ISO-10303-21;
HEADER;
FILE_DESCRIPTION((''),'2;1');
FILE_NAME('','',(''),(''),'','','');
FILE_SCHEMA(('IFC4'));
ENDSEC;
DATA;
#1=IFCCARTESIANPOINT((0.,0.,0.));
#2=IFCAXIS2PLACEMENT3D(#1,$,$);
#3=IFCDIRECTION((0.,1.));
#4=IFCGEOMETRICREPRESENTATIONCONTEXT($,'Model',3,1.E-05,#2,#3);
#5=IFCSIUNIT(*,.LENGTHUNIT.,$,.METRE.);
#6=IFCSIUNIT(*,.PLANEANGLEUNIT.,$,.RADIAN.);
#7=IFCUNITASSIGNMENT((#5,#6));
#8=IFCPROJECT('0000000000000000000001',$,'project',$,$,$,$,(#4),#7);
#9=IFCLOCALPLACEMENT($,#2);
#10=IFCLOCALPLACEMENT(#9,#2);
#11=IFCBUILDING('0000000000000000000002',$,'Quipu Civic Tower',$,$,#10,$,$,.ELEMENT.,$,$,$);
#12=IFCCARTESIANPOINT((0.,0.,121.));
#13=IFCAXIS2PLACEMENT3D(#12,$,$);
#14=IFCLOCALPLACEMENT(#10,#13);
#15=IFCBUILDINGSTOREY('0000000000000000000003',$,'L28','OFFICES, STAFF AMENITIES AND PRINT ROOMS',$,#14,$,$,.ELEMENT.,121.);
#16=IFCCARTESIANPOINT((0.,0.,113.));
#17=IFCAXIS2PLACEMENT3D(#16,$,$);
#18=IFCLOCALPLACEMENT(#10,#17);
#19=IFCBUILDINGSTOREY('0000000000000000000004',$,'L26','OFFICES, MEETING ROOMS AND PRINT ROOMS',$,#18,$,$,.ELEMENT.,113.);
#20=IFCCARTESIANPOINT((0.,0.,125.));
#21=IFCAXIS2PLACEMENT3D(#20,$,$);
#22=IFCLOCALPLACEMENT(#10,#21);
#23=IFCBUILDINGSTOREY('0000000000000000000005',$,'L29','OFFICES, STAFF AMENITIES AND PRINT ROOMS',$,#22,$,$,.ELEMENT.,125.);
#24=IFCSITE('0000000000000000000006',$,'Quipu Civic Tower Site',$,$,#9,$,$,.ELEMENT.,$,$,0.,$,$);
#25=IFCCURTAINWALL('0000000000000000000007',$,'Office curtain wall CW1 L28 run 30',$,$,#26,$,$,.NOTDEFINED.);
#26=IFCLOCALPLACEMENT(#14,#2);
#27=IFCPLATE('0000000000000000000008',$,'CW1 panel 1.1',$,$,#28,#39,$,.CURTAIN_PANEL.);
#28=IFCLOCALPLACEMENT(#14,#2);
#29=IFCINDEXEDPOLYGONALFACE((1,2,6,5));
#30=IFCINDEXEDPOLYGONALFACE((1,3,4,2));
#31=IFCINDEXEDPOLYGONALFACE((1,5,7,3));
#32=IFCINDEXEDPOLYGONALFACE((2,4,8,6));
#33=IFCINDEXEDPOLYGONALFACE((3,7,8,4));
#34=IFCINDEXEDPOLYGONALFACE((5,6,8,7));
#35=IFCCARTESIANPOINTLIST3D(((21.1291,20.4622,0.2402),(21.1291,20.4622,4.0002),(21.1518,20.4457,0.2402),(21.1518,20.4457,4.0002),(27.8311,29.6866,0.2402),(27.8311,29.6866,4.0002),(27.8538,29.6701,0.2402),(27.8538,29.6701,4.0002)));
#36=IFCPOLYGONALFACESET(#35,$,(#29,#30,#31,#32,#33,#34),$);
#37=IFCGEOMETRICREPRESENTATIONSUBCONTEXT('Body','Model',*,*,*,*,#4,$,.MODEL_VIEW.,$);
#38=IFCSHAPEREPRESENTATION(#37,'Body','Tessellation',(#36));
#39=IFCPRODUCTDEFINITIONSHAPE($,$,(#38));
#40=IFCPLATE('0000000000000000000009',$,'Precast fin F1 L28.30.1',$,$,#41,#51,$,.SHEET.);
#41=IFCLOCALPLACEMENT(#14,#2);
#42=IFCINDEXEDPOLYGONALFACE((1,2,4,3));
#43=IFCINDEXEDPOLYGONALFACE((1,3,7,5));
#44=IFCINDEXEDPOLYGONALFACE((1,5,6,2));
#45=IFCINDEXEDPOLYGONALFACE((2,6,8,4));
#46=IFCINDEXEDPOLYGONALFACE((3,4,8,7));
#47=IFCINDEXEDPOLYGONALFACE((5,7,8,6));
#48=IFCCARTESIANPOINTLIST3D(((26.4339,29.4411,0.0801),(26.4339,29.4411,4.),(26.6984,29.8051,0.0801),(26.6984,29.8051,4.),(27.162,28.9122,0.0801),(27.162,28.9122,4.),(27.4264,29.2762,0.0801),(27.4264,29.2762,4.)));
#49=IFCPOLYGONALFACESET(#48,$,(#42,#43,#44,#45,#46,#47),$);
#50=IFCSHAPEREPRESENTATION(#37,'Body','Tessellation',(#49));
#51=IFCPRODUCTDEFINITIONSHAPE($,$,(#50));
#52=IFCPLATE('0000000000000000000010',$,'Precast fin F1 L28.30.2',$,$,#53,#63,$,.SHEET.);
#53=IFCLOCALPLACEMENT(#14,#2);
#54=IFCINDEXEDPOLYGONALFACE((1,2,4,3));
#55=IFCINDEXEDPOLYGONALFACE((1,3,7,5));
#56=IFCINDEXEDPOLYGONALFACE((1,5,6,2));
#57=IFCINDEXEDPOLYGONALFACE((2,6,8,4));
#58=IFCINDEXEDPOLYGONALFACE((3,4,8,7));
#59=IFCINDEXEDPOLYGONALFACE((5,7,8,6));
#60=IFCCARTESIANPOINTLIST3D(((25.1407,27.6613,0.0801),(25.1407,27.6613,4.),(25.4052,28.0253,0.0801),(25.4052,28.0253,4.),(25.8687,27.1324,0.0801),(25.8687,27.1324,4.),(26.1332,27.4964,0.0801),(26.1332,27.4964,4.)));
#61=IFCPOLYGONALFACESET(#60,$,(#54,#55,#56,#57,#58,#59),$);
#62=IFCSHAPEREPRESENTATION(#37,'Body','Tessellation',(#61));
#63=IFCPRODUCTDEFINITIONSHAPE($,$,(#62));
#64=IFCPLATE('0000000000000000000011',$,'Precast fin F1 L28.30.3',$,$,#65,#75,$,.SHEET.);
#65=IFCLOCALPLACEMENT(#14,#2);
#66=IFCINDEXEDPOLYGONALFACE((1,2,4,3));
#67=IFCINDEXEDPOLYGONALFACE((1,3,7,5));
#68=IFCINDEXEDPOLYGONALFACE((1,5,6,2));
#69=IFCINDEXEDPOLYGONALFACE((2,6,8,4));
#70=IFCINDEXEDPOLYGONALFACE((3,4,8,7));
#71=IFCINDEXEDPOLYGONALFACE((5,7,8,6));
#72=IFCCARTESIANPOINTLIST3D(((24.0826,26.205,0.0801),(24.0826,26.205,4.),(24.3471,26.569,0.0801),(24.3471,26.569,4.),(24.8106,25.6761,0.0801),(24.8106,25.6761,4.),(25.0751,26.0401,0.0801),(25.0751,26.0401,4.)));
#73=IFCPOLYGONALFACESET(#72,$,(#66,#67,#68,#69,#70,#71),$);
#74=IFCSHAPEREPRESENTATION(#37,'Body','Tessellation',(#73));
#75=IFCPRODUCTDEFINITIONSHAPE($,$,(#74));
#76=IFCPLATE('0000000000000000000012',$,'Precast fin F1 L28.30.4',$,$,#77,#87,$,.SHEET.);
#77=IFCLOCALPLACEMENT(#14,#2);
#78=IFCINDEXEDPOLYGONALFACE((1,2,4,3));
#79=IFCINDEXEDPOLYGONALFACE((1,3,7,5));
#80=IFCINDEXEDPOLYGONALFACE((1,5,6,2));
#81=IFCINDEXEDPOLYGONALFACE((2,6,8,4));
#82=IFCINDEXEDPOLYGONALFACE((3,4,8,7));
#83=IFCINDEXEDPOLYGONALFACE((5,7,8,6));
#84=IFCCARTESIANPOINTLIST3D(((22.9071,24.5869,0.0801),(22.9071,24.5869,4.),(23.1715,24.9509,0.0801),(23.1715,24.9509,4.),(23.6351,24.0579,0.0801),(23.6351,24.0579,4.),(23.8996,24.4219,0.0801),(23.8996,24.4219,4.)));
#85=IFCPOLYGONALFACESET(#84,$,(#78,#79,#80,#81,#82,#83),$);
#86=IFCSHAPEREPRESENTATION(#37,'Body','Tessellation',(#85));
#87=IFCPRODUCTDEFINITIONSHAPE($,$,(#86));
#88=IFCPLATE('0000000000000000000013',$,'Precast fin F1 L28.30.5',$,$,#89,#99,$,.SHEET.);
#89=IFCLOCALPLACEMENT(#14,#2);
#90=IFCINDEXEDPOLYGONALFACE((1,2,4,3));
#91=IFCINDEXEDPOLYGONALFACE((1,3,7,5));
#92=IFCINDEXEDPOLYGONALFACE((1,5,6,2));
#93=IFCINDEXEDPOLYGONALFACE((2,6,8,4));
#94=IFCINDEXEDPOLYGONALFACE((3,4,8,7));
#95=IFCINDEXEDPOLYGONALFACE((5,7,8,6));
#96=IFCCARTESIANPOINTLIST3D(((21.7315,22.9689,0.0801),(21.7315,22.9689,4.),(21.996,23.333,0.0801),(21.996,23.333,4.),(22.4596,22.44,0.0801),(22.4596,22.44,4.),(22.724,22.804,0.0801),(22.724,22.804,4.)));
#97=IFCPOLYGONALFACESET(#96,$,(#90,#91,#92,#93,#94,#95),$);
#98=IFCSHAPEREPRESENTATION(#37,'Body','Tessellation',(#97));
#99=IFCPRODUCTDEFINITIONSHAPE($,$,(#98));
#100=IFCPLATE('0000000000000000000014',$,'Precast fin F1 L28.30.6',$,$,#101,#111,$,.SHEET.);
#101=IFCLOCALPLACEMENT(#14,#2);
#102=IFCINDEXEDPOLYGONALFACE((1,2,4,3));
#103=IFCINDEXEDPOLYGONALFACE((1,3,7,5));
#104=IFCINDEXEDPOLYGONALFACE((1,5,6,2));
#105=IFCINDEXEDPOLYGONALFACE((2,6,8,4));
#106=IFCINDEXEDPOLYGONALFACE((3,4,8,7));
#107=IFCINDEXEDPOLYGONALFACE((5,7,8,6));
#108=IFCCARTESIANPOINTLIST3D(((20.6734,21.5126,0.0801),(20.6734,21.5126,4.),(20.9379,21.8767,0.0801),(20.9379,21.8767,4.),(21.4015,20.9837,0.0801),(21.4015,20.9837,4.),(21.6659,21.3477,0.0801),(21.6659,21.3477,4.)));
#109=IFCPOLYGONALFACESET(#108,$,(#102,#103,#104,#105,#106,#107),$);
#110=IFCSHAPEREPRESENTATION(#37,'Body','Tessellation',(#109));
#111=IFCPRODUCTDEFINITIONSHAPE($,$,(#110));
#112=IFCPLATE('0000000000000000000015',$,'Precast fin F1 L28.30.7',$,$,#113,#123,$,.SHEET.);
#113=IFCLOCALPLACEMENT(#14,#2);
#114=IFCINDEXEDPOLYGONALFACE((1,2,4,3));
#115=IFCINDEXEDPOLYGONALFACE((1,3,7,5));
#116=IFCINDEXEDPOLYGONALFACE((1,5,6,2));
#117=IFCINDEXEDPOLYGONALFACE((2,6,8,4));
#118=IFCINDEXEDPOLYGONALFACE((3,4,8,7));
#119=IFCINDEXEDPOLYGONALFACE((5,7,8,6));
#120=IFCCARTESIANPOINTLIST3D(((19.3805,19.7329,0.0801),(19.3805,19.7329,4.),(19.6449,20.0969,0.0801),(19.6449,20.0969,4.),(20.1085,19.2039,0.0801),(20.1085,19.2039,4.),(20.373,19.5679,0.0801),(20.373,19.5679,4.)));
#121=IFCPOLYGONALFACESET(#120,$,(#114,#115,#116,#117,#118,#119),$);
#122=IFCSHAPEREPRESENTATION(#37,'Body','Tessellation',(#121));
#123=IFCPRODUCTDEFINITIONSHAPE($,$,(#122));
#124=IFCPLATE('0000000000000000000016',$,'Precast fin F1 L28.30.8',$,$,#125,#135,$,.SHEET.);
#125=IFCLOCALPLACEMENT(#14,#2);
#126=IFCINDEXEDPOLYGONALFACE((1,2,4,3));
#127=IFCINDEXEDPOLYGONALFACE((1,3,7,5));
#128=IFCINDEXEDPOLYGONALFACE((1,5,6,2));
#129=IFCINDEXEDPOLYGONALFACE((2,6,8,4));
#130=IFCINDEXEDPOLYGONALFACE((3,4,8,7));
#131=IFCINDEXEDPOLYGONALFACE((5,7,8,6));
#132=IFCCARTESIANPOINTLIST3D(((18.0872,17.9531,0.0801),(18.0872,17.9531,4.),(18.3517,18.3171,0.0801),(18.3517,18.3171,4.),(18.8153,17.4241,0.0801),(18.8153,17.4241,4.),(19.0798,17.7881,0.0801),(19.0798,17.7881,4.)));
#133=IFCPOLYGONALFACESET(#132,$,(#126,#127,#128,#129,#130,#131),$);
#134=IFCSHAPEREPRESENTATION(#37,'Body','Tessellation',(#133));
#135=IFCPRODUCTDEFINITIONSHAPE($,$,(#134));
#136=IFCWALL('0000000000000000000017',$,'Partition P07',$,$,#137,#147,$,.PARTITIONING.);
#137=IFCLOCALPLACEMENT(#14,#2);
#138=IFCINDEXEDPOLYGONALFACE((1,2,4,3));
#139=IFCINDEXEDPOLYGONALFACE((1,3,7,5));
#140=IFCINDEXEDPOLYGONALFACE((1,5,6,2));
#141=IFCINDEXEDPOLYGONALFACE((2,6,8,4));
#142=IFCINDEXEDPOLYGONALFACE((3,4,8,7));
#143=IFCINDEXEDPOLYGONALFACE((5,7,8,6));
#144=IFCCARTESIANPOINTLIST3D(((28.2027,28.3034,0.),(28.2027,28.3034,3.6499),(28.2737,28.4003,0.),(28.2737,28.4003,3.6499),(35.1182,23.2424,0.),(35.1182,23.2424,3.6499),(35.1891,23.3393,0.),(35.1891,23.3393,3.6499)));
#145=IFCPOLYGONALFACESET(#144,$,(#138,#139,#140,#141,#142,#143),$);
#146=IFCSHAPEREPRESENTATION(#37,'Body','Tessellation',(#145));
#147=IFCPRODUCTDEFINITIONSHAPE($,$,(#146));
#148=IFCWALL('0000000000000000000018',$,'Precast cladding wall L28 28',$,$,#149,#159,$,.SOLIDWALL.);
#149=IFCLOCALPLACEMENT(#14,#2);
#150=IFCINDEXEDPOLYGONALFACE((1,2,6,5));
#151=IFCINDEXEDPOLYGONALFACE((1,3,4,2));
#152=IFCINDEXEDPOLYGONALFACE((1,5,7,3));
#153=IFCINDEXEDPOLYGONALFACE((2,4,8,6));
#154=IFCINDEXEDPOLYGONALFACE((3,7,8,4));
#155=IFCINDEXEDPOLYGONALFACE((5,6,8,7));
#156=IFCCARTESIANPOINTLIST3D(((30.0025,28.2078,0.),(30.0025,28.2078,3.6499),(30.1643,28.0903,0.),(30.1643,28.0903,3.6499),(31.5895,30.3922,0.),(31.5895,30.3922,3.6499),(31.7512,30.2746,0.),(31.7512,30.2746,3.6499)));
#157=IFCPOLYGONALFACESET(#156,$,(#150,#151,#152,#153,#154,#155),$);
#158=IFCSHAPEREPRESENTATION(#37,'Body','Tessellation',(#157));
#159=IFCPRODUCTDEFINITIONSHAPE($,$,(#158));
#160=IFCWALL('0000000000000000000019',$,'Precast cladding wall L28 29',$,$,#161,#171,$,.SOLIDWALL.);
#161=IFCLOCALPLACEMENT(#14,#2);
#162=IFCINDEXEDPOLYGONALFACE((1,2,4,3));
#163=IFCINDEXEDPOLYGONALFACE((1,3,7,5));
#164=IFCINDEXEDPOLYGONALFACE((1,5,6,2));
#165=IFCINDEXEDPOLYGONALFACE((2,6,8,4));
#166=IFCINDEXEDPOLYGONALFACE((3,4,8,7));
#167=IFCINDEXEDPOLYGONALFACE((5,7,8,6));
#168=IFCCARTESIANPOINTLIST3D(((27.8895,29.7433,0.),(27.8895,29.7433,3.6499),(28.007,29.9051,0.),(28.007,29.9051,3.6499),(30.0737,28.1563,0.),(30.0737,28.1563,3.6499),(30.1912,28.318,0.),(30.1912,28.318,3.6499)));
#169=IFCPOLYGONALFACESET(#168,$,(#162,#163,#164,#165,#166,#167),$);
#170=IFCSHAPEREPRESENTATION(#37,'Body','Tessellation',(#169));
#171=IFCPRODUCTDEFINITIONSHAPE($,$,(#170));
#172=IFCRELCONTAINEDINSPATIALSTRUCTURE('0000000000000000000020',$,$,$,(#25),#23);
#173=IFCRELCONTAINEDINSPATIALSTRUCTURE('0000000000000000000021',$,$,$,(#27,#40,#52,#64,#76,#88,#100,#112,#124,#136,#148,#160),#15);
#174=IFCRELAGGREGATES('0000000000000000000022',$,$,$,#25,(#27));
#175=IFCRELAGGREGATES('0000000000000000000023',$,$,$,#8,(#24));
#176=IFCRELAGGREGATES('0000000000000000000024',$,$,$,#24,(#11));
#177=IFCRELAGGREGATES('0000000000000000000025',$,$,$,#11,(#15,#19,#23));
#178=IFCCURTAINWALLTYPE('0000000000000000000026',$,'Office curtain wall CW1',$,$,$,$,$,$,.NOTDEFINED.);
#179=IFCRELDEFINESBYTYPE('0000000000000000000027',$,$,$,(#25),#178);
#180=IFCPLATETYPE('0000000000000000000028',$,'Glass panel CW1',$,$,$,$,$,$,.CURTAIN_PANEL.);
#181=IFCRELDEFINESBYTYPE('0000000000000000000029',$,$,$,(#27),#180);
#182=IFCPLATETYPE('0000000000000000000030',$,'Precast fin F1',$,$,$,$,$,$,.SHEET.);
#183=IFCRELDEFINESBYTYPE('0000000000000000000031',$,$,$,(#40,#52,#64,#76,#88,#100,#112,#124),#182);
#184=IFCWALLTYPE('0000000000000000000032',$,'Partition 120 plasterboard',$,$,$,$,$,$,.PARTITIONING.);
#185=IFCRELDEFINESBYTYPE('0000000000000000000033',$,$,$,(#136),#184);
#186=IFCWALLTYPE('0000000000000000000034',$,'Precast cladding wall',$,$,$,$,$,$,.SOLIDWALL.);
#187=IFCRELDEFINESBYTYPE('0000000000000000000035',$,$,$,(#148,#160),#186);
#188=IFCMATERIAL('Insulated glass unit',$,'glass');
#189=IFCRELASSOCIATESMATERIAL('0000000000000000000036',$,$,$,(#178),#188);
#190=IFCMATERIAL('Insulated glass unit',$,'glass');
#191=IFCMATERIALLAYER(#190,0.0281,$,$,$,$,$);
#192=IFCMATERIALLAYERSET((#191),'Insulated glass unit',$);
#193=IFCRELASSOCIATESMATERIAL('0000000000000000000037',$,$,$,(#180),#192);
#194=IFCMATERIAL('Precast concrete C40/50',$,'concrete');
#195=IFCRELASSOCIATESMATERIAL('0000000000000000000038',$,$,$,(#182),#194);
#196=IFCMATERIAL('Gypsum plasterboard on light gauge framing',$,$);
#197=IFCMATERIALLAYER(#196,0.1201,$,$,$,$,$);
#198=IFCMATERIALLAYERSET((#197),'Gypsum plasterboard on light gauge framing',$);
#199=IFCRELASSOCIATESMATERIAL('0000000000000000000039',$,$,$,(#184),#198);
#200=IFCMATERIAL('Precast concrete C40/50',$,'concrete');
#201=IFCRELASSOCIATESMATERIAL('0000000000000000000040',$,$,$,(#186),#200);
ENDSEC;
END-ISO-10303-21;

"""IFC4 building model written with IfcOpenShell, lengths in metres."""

from ifc_helpers import new_model, si_unit, direction, frame, frame_2d, origin, origin_2d, place, context, subcontext, project, spatial, rectangle, extrude, material, layer, layer_set, type_object, element, aggregate, save


model = new_model("IFC4")

# Units and contexts
model_context = context("Model", 3, precision=1e-05, world=origin(), true_north=direction((0.0, 1.0)))
body_context = subcontext(model_context, "Body", "Model", "MODEL_VIEW")
ifc_project = project(units=[si_unit("LENGTHUNIT", "METRE"), si_unit("PLANEANGLEUNIT", "RADIAN")], contexts=[model_context])

# Site, building, storey
site_placement = place(None, origin())
site = spatial("IfcSite", under=ifc_project, at=site_placement, Name="Quipu Civic Tower Site", CompositionType="ELEMENT", RefElevation=0.0)
building_placement = place(site_placement, origin())
building = spatial("IfcBuilding", under=site, at=building_placement, Name="Quipu Civic Tower", CompositionType="ELEMENT")
storey_1_placement = place(building_placement, frame((0.0, 0.0, 121.0)))
storey_1 = spatial("IfcBuildingStorey", under=building, at=storey_1_placement, Name="L28", Description="OFFICES, STAFF AMENITIES AND PRINT ROOMS", CompositionType="ELEMENT", Elevation=121.0)

# Shared definitions
storey_2_placement = place(building_placement, frame((0.0, 0.0, 113.0)))
storey_2 = spatial("IfcBuildingStorey", under=building, at=storey_2_placement, Name="L26", Description="OFFICES, MEETING ROOMS AND PRINT ROOMS", CompositionType="ELEMENT", Elevation=113.0)

# Shared definitions
ifc_material_1 = material(Name="Insulated glass unit", Category="glass")
curtain_wall_type = type_object("IfcCurtainWallType", Name="Office curtain wall CW1", PredefinedType="NOTDEFINED", material=ifc_material_1)

# Shared definitions
storey_3_placement = place(building_placement, frame((0.0, 0.0, 125.0)))
storey_3 = spatial("IfcBuildingStorey", under=building, at=storey_3_placement, Name="L29", Description="OFFICES, STAFF AMENITIES AND PRINT ROOMS", CompositionType="ELEMENT", Elevation=125.0)

# Curtain wall, plate
curtain_wall_1_placement = place(storey_3_placement, origin())
curtain_wall_1 = element("IfcCurtainWall", 1, at=curtain_wall_1_placement, inside=storey_3, type_object=curtain_wall_type, Name="Office curtain wall CW1 L28 run 30", PredefinedType="NOTDEFINED")
ifc_material_2 = material(Name="Insulated glass unit", Category="glass")
ifc_layer_1 = layer(ifc_material_2, 0.0281)
ifc_layer_set_1 = layer_set([ifc_layer_1], Name="Insulated glass unit")
plate_type_1 = type_object("IfcPlateType", Name="Glass panel CW1", PredefinedType="CURTAIN_PANEL", material=ifc_layer_set_1)
plate_placement = place(storey_1_placement, frame((24.4915, 25.0662, 0.2402), z_axis=(0.0, 0.0, 1.0), x_axis=(-0.587789, -0.809014, 0.0)))
plate = element("IfcPlate", 2, at=plate_placement, inside=storey_1, type_object=plate_type_1, Name="CW1 panel 1.1", PredefinedType="CURTAIN_PANEL", context=body_context, shape_type="SweptSolid", body=[
    extrude(rectangle(XDim=11.4021, YDim=0.0281, at=origin_2d()), origin(), (0.0, 0.0, 1.0), 3.76),
])
aggregate(curtain_wall_1, [plate])

# Plates
ifc_material_3 = material(Name="Precast concrete C40/50", Category="concrete")
plate_type_2 = type_object("IfcPlateType", Name="Precast fin F1", PredefinedType="SHEET", material=ifc_material_3)
for number, where, z_axis, x_axis, name in (
    (3, (26.9302, 29.3586, 0.0801), (0.0, 0.0, 1.0), (-0.587787, -0.809016, 0.0), "Precast fin F1 L28.30.1"),
    (4, (25.637, 27.5789, 0.0801), (0.0, 0.0, 1.0), (-0.587787, -0.809016, 0.0), "Precast fin F1 L28.30.2"),
    (5, (24.5789, 26.1226, 0.0801), (0.0, 0.0, 1.0), (-0.587787, -0.809016, 0.0), "Precast fin F1 L28.30.3"),
    (6, (23.4033, 24.5044, 0.0801), (0.0, 0.0, 1.0), (-0.587787, -0.809016, 0.0), "Precast fin F1 L28.30.4"),
    (7, (22.2278, 22.8865, 0.0801), (0.0, 0.0, 1.0), (-0.587787, -0.809016, 0.0), "Precast fin F1 L28.30.5"),
    (8, (21.1697, 21.4302, 0.0801), (0.0, 0.0, 1.0), (-0.587787, -0.809016, 0.0), "Precast fin F1 L28.30.6"),
    (9, (19.8767, 19.6504, 0.0801), (0.0, 0.0, 1.0), (-0.587787, -0.809016, 0.0), "Precast fin F1 L28.30.7"),
    (10, (18.5835, 17.8706, 0.0801), (0.0, 0.0, 1.0), (-0.587787, -0.809016, 0.0), "Precast fin F1 L28.30.8"),
):
    element("IfcPlate", number, at=place(storey_1_placement, frame(where, z_axis=z_axis, x_axis=x_axis)), inside=storey_1, type_object=plate_type_2, Name=name, PredefinedType="SHEET", context=body_context, shape_type="SweptSolid", body=[
        extrude(rectangle(XDim=0.45, YDim=0.8999, at=origin_2d()), origin(), (0.0, 0.0, 1.0), 3.9199),
    ])

# Walls
ifc_material_4 = material(Name="Gypsum plasterboard on light gauge framing")
ifc_layer_2 = layer(ifc_material_4, 0.1201)
ifc_layer_set_2 = layer_set([ifc_layer_2], Name="Gypsum plasterboard on light gauge framing")
wall_type_1 = type_object("IfcWallType", Name="Partition 120 plasterboard", PredefinedType="PARTITIONING", material=ifc_layer_set_2)
wall_placement = place(storey_1_placement, frame((28.2383, 28.3518, 0.0), z_axis=(0.0, 0.0, 1.0), x_axis=(0.806981, -0.590578, 0.0)))
element("IfcWall", 11, at=wall_placement, inside=storey_1, type_object=wall_type_1, Name="Partition P07", PredefinedType="PARTITIONING", context=body_context, shape_type="SweptSolid", body=[
    extrude(rectangle(XDim=8.5696, YDim=0.1201, at=frame_2d((4.2847, 0.0))), origin(), (0.0, 0.0, 1.0), 3.6499),
])
ifc_material_5 = material(Name="Precast concrete C40/50", Category="concrete")
wall_type_2 = type_object("IfcWallType", Name="Precast cladding wall", PredefinedType="SOLIDWALL", material=ifc_material_5)
for number, where, z_axis, x_axis, name in (
    (12, (31.6704, 30.3335, 0.0), (0.0, 0.0, 1.0), (-0.587763, -0.809033, 0.0), "Precast cladding wall L28 28"),
    (13, (30.1326, 28.2371, 0.0), (0.0, 0.0, 1.0), (-0.80899, 0.587822, 0.0), "Precast cladding wall L28 29"),
):
    element("IfcWall", number, at=place(storey_1_placement, frame(where, z_axis=z_axis, x_axis=x_axis)), inside=storey_1, type_object=wall_type_2, Name=name, PredefinedType="SOLIDWALL", context=body_context, shape_type="SweptSolid", body=[
        extrude(rectangle(XDim=2.7, YDim=0.2, at=frame_2d((1.3501, 0.0))), origin(), (0.0, 0.0, 1.0), 3.6499),
    ])

save(model, "model.ifc")
